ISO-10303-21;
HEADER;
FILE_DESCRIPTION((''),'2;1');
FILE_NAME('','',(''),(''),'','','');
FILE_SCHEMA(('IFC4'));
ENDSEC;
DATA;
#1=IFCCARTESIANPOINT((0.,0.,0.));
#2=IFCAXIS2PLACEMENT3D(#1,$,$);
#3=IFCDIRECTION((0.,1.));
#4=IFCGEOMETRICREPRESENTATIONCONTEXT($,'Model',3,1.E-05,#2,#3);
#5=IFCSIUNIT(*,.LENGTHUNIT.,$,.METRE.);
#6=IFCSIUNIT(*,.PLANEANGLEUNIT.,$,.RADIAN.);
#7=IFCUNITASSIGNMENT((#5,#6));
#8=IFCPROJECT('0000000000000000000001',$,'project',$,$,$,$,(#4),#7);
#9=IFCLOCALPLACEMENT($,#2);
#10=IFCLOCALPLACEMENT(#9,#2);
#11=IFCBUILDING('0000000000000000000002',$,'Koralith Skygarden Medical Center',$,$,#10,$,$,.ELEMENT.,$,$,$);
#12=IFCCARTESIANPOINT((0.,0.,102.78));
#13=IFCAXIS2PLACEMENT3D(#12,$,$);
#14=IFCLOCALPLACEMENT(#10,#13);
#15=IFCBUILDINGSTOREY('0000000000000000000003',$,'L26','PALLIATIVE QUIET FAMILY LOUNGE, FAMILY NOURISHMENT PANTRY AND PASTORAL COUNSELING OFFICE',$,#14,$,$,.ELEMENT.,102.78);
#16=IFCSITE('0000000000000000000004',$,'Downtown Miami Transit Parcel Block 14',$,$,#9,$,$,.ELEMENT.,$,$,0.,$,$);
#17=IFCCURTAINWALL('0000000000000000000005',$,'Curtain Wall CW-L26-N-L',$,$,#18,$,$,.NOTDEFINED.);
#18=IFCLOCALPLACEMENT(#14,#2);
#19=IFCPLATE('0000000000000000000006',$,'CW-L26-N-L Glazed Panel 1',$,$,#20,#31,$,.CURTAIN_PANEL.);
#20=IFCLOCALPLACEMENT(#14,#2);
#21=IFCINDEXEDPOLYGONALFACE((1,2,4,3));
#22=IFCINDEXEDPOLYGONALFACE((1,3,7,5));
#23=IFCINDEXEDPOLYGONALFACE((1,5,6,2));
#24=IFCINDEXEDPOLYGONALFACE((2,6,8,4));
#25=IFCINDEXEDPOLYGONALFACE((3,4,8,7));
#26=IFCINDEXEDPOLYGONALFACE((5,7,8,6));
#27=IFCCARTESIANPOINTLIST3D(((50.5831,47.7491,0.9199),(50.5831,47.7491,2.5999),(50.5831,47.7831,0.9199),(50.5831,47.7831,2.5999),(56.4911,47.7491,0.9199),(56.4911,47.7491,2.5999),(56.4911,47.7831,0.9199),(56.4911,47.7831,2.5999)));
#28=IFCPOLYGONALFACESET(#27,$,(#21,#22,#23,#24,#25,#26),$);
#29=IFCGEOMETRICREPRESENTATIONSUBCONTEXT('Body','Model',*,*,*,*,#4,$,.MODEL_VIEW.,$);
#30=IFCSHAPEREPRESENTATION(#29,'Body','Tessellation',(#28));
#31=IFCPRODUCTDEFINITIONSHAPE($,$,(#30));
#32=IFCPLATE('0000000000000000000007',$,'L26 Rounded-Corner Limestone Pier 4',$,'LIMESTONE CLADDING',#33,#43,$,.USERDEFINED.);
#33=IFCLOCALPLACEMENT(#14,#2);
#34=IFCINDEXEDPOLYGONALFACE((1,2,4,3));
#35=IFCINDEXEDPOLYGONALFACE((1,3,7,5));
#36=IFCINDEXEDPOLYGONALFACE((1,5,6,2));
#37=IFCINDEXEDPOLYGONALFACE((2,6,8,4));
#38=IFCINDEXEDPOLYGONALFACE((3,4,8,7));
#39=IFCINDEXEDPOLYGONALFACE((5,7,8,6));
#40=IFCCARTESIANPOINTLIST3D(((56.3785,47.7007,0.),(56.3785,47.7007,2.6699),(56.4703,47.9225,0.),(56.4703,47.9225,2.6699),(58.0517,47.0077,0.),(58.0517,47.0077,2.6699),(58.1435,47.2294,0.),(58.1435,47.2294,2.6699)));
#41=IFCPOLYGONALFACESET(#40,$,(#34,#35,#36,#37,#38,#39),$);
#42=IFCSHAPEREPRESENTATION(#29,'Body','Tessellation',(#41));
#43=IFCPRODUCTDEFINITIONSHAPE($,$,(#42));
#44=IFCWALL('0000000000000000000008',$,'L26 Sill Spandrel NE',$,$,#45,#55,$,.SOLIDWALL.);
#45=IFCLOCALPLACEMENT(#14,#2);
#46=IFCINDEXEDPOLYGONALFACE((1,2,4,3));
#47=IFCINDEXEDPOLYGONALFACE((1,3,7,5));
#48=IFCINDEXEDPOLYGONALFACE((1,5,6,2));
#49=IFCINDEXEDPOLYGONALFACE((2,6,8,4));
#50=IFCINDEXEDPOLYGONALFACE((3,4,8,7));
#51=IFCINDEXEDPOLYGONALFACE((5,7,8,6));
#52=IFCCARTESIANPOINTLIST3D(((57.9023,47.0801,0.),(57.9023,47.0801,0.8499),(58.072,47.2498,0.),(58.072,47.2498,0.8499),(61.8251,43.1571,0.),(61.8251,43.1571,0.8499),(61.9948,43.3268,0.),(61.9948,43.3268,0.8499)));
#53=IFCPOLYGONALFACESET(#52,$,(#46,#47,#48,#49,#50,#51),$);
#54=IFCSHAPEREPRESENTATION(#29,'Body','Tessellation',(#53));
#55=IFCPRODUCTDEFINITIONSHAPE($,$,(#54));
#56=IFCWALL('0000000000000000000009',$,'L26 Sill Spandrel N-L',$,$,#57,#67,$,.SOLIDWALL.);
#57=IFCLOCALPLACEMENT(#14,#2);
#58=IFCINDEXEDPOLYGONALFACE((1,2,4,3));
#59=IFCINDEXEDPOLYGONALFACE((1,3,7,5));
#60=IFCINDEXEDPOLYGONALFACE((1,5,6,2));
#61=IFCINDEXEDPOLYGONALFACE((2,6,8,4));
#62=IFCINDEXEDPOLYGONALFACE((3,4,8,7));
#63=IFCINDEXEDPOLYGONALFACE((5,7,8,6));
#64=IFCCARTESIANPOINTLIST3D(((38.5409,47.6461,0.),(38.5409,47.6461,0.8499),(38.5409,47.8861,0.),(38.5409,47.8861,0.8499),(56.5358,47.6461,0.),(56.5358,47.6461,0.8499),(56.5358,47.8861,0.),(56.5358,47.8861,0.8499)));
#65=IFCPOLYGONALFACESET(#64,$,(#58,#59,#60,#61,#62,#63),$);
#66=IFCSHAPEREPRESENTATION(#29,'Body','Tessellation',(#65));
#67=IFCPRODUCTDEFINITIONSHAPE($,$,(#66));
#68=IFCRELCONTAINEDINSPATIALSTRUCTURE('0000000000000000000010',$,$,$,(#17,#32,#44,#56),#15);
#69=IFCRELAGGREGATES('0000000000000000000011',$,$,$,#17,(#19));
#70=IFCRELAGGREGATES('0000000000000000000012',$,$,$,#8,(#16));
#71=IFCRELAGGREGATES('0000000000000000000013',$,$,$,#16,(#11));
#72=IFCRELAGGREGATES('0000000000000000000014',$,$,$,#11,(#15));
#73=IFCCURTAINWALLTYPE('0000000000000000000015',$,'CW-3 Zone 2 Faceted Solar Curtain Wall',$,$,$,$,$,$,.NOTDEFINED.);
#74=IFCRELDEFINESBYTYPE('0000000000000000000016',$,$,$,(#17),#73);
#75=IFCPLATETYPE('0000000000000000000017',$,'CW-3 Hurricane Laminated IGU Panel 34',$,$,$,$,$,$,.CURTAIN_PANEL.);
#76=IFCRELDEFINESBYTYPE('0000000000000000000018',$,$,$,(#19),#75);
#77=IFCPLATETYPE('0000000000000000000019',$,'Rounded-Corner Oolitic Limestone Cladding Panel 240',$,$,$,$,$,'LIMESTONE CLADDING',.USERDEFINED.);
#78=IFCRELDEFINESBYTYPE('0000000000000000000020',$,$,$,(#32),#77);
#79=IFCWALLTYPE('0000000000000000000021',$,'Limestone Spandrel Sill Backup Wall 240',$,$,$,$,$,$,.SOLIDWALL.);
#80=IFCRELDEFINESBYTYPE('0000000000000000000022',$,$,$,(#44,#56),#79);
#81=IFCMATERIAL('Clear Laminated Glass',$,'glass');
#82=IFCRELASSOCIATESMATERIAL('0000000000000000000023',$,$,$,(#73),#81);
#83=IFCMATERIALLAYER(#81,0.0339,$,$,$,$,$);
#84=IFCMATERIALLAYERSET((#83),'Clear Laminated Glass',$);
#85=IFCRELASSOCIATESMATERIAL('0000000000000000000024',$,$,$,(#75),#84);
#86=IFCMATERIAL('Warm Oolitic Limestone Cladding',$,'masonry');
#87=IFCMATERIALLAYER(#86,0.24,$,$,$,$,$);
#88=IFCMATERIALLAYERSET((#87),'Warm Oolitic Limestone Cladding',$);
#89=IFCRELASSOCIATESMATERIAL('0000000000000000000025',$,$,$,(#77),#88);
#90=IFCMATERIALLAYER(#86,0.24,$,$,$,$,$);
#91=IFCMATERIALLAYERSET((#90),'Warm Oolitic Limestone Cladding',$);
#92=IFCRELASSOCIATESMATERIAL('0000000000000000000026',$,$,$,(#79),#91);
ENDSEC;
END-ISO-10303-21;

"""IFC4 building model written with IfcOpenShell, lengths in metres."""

from ifc_helpers import new_model, si_unit, direction, frame, frame_2d, origin, origin_2d, place, context, subcontext, project, spatial, rectangle, extrude, material, layer, layer_set, type_object, element, aggregate, save


model = new_model("IFC4")

# Units and contexts
model_context = context("Model", 3, precision=1e-05, world=origin(), true_north=direction((0.0, 1.0)))
body_context = subcontext(model_context, "Body", "Model", "MODEL_VIEW")
ifc_project = project(units=[si_unit("LENGTHUNIT", "METRE"), si_unit("PLANEANGLEUNIT", "RADIAN")], contexts=[model_context])

# Site, building, storey
site_placement = place(None, origin())
site = spatial("IfcSite", under=ifc_project, at=site_placement, Name="Downtown Miami Transit Parcel Block 14", CompositionType="ELEMENT", RefElevation=0.0)
building_placement = place(site_placement, origin())
building = spatial("IfcBuilding", under=site, at=building_placement, Name="Koralith Skygarden Medical Center", CompositionType="ELEMENT")
storey_placement = place(building_placement, frame((0.0, 0.0, 102.78)))
storey = spatial("IfcBuildingStorey", under=building, at=storey_placement, Name="L26", Description="PALLIATIVE QUIET FAMILY LOUNGE, FAMILY NOURISHMENT PANTRY AND PASTORAL COUNSELING OFFICE", CompositionType="ELEMENT", Elevation=102.78)

# Curtain wall
ifc_material_1 = material(Name="Clear Laminated Glass", Category="glass")
curtain_wall_type = type_object("IfcCurtainWallType", Name="CW-3 Zone 2 Faceted Solar Curtain Wall", PredefinedType="NOTDEFINED", material=ifc_material_1)
curtain_wall_1_placement = place(storey_placement, origin())
curtain_wall_1 = element("IfcCurtainWall", 1, at=curtain_wall_1_placement, inside=storey, type_object=curtain_wall_type, Name="Curtain Wall CW-L26-N-L", PredefinedType="NOTDEFINED")

# Plates
ifc_layer_1 = layer(ifc_material_1, 0.0339)
ifc_layer_set_1 = layer_set([ifc_layer_1], Name="Clear Laminated Glass")
plate_type_1 = type_object("IfcPlateType", Name="CW-3 Hurricane Laminated IGU Panel 34", PredefinedType="CURTAIN_PANEL", material=ifc_layer_set_1)
plate_1_placement = place(storey_placement, frame((53.5371, 47.7661, 0.9199), z_axis=(0.0, 0.0, 1.0), x_axis=(-1.0, 0.0, 0.0)))
plate_1 = element("IfcPlate", 2, at=plate_1_placement, type_object=plate_type_1, Name="CW-L26-N-L Glazed Panel 1", PredefinedType="CURTAIN_PANEL", context=body_context, shape_type="SweptSolid", body=[
    extrude(rectangle(XDim=5.908, YDim=0.0339, at=origin_2d()), origin(), (0.0, 0.0, 1.0), 1.6799),
])
aggregate(curtain_wall_1, [plate_1])
ifc_material_2 = material(Name="Warm Oolitic Limestone Cladding", Category="masonry")
ifc_layer_2 = layer(ifc_material_2, 0.24)
ifc_layer_set_2 = layer_set([ifc_layer_2], Name="Warm Oolitic Limestone Cladding")
plate_type_2 = type_object("IfcPlateType", Name="Rounded-Corner Oolitic Limestone Cladding Panel 240", ElementType="LIMESTONE CLADDING", PredefinedType="USERDEFINED", material=ifc_layer_set_2)
plate_2_placement = place(storey_placement, frame((57.261, 47.4651, 0.0), z_axis=(0.0, 0.0, 1.0), x_axis=(-0.923885, 0.382671, 0.0)))
element("IfcPlate", 3, at=plate_2_placement, inside=storey, type_object=plate_type_2, Name="L26 Rounded-Corner Limestone Pier 4", ObjectType="LIMESTONE CLADDING", PredefinedType="USERDEFINED", context=body_context, shape_type="SweptSolid", body=[
    extrude(rectangle(XDim=1.811, YDim=0.24, at=origin_2d()), origin(), (0.0, 0.0, 1.0), 2.6699),
])

# Walls
ifc_layer_3 = layer(ifc_material_2, 0.24)
ifc_layer_set_3 = layer_set([ifc_layer_3], Name="Warm Oolitic Limestone Cladding")
wall_type = type_object("IfcWallType", Name="Limestone Spandrel Sill Backup Wall 240", PredefinedType="SOLIDWALL", material=ifc_layer_set_3)
wall_1_placement = place(storey_placement, frame((61.9099, 43.2419, 0.0), z_axis=(0.0, 0.0, 1.0), x_axis=(-0.707085, 0.707129, 0.0)))
element("IfcWall", 4, at=wall_1_placement, inside=storey, type_object=wall_type, Name="L26 Sill Spandrel NE", PredefinedType="SOLIDWALL", context=body_context, shape_type="SweptSolid", body=[
    extrude(rectangle(XDim=5.5479, YDim=0.24, at=frame_2d((2.7739, 0.0))), origin(), (0.0, 0.0, 1.0), 0.8499),
])
wall_2_placement = place(storey_placement, frame((56.5359, 47.7661, 0.0), z_axis=(0.0, 0.0, 1.0), x_axis=(-1.0, 0.0, 0.0)))
element("IfcWall", 5, at=wall_2_placement, inside=storey, type_object=wall_type, Name="L26 Sill Spandrel N-L", PredefinedType="SOLIDWALL", context=body_context, shape_type="SweptSolid", body=[
    extrude(rectangle(XDim=17.9949, YDim=0.24, at=frame_2d((8.9976, 0.0))), origin(), (0.0, 0.0, 1.0), 0.8499),
])

save(model, "model.ifc")
